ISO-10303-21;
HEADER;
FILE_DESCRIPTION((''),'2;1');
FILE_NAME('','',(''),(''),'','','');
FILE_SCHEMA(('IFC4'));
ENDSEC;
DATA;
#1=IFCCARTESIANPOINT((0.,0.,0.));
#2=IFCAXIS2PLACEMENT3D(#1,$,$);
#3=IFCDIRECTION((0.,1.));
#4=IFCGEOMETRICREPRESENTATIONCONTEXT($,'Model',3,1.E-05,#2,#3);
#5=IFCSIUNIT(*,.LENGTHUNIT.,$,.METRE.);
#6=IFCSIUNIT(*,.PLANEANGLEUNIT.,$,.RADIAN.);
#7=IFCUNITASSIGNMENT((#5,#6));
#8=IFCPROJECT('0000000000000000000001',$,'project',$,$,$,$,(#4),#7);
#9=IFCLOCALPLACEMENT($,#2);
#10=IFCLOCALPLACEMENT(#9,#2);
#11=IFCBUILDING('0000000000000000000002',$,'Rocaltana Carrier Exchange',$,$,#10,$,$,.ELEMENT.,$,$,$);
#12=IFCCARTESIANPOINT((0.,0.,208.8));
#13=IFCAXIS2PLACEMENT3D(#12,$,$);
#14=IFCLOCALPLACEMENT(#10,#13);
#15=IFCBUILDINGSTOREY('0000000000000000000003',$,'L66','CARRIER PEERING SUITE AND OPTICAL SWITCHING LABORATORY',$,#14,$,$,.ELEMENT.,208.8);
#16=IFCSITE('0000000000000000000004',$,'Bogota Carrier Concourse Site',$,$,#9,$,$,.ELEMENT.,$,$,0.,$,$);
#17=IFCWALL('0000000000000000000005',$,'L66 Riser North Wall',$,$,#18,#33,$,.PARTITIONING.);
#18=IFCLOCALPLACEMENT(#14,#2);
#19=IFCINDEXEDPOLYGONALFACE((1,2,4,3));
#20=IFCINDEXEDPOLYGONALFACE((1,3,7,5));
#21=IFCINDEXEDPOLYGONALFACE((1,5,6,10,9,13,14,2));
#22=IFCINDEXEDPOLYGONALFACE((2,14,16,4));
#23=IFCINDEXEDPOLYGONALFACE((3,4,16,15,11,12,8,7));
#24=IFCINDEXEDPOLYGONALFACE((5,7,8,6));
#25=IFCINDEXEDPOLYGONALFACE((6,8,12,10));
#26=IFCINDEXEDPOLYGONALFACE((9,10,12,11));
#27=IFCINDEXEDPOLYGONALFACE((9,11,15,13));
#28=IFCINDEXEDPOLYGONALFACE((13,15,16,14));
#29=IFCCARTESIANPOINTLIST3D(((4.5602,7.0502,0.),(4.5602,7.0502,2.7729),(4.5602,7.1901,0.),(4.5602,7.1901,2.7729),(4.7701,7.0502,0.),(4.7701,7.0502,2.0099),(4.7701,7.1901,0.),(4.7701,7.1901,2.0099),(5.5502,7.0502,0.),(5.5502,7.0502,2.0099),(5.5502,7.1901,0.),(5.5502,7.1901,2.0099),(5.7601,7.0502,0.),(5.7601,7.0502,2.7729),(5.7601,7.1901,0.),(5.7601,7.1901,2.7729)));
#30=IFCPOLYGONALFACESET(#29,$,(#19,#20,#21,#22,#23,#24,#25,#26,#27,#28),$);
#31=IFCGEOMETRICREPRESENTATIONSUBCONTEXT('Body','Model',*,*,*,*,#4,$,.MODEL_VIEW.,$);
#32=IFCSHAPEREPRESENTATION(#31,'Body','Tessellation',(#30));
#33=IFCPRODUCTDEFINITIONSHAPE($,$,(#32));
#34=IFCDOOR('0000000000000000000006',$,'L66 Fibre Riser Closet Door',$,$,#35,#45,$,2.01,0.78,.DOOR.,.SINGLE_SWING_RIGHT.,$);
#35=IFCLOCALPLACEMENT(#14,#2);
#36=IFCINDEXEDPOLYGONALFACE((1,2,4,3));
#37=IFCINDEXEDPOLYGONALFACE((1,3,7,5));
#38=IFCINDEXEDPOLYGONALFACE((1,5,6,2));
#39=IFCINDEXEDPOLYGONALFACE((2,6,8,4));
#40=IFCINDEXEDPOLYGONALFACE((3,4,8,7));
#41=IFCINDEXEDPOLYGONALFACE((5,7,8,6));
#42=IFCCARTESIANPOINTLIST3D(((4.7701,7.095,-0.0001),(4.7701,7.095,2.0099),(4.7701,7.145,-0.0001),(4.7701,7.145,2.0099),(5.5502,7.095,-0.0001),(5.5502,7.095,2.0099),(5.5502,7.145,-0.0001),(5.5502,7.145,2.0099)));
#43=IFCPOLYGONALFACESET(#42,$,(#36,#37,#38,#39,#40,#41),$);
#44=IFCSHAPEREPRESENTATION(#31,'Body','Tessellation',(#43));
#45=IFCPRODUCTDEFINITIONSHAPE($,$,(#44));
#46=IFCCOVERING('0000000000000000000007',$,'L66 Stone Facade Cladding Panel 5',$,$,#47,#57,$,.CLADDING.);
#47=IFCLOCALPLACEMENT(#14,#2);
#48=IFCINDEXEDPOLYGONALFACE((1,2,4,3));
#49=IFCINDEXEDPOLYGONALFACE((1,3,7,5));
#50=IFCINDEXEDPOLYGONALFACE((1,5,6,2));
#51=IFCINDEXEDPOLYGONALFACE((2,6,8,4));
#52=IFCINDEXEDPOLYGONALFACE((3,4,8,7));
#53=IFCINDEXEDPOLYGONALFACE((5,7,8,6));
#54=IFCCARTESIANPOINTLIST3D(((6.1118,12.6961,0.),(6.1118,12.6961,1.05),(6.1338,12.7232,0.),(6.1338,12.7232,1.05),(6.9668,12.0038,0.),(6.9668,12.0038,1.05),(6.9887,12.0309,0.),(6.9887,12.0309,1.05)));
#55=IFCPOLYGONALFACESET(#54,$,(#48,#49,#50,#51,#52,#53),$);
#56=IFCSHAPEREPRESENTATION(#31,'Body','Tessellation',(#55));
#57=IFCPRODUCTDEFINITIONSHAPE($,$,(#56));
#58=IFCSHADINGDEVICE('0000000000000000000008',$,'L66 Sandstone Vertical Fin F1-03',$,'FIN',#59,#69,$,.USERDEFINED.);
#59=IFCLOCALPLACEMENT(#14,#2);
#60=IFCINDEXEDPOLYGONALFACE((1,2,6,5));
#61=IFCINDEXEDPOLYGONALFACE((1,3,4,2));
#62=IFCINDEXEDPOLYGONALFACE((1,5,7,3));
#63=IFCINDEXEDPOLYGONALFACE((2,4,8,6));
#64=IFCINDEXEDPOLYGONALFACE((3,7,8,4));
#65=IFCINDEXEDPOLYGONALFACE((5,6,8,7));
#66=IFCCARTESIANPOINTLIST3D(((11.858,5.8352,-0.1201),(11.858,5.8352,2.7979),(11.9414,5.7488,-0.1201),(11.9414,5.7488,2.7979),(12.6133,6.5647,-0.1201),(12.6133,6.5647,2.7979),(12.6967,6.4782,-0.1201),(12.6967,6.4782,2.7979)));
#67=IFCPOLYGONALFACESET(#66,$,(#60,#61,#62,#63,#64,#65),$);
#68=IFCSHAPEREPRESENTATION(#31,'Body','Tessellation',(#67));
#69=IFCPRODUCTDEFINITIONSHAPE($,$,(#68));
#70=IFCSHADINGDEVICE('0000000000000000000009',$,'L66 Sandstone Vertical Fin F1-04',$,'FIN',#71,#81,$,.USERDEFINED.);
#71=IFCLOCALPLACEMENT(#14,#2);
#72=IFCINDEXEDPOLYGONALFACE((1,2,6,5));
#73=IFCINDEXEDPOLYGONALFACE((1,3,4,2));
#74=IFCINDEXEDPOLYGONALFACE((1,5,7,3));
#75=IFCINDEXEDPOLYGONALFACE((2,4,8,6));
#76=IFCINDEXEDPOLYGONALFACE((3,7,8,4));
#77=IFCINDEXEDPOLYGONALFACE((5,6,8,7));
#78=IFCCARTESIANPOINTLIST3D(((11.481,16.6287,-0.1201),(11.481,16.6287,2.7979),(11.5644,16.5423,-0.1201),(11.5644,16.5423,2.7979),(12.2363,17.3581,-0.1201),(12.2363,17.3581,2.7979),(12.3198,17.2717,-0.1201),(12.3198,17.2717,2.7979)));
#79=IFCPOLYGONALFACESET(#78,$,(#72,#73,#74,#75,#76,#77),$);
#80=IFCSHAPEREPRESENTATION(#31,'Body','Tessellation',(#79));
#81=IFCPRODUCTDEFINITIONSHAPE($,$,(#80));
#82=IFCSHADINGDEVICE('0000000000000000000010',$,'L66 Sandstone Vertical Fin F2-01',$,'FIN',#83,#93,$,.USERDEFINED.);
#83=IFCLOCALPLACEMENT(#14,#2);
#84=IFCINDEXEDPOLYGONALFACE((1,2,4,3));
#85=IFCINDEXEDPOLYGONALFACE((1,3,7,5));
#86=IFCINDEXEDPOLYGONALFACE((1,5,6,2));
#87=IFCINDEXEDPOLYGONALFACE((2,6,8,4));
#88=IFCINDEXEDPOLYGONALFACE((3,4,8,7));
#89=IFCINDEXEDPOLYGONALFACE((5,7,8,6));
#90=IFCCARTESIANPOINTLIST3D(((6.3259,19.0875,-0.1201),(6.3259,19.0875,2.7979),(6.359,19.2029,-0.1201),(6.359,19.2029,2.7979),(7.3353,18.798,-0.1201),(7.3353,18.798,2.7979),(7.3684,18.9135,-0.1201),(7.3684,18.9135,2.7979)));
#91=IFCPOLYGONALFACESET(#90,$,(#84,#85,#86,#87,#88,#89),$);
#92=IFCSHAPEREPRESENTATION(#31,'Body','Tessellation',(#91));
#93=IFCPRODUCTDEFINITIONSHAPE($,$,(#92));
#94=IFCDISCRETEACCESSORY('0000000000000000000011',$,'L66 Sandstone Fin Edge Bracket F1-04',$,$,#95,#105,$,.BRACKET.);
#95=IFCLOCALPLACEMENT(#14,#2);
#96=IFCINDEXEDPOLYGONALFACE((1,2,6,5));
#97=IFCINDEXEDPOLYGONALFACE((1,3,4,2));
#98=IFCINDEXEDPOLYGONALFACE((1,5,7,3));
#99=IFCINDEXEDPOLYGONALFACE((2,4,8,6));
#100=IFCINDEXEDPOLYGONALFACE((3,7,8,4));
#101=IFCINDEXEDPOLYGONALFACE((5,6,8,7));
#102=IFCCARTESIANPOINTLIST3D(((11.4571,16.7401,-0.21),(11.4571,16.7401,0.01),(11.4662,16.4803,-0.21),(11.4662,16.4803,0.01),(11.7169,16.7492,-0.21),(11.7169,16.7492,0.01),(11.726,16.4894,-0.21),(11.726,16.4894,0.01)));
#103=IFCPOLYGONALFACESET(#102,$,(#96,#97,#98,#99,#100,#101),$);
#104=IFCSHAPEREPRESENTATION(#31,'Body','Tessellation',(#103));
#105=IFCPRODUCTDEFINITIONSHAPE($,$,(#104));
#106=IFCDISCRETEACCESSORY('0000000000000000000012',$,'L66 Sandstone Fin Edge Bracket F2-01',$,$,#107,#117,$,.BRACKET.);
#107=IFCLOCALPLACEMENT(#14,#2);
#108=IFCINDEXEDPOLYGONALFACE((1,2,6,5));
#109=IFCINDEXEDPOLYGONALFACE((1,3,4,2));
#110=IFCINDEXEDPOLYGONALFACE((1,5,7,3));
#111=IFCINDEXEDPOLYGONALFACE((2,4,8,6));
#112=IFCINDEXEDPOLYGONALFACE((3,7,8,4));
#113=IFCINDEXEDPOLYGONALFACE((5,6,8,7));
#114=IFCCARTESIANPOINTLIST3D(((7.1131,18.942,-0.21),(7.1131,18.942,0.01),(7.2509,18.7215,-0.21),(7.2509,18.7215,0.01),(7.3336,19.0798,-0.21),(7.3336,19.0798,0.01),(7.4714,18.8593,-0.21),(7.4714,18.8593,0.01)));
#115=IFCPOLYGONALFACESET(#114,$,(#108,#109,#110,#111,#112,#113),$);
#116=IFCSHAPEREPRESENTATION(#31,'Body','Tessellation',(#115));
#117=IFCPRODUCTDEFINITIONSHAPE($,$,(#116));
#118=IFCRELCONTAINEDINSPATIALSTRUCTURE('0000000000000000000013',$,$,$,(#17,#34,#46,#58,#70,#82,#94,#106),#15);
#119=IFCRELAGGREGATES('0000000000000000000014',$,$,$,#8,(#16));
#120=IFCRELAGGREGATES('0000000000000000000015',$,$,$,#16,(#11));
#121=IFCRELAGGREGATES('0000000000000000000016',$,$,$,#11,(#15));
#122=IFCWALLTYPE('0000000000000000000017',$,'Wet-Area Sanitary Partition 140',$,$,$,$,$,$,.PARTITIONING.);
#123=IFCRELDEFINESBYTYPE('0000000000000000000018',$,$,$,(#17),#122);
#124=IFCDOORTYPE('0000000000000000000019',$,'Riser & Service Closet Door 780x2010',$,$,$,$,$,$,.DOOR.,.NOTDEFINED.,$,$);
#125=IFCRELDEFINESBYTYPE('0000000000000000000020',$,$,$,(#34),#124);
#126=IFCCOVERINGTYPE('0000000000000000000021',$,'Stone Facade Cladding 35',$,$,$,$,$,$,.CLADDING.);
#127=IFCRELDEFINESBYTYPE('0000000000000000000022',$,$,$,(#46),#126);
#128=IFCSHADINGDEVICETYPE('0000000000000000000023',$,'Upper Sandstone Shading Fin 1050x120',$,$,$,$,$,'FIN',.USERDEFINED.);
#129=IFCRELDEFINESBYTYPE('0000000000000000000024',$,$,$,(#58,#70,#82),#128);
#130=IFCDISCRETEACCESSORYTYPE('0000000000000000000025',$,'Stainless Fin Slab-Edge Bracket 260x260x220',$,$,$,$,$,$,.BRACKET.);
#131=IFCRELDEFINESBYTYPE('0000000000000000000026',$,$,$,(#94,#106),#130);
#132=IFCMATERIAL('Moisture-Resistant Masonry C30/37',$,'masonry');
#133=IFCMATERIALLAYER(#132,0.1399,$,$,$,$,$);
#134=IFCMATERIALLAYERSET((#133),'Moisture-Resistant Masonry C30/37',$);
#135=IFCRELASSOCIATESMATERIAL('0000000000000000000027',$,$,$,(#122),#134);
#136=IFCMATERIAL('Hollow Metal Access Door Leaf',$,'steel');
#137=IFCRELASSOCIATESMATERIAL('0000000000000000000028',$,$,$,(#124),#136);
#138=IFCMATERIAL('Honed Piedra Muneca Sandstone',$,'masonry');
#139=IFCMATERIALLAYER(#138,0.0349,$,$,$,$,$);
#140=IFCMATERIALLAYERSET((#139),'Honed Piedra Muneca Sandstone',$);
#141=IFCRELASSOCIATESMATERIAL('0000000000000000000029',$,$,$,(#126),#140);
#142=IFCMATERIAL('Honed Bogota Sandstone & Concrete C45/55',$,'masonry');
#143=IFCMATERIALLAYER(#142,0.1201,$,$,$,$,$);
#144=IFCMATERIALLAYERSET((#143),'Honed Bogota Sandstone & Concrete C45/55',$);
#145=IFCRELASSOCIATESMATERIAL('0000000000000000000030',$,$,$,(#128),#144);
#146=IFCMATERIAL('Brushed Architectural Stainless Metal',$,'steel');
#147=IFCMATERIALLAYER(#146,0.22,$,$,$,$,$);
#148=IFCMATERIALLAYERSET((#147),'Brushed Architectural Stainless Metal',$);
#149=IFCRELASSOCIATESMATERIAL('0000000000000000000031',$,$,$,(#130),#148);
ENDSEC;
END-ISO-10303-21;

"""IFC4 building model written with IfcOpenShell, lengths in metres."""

from ifc_helpers import new_model, si_unit, direction, frame, frame_2d, origin, origin_2d, place, context, subcontext, project, spatial, rectangle, extrude, material, layer, layer_set, type_object, element, fill, save


model = new_model("IFC4")

# Units and contexts
model_context = context("Model", 3, precision=1e-05, world=origin(), true_north=direction((0.0, 1.0)))
body_context = subcontext(model_context, "Body", "Model", "MODEL_VIEW")
ifc_project = project(units=[si_unit("LENGTHUNIT", "METRE"), si_unit("PLANEANGLEUNIT", "RADIAN")], contexts=[model_context])

# Site, building, storey
site_placement = place(None, origin())
site = spatial("IfcSite", under=ifc_project, at=site_placement, Name="Bogota Carrier Concourse Site", CompositionType="ELEMENT", RefElevation=0.0)
building_placement = place(site_placement, origin())
building = spatial("IfcBuilding", under=site, at=building_placement, Name="Rocaltana Carrier Exchange", CompositionType="ELEMENT")
storey_placement = place(building_placement, frame((0.0, 0.0, 208.8)))
storey = spatial("IfcBuildingStorey", under=building, at=storey_placement, Name="L66", Description="CARRIER PEERING SUITE AND OPTICAL SWITCHING LABORATORY", CompositionType="ELEMENT", Elevation=208.8)

# Wall, opening, door
ifc_material_1 = material(Name="Moisture-Resistant Masonry C30/37", Category="masonry")
ifc_layer_1 = layer(ifc_material_1, 0.1399)
ifc_layer_set_1 = layer_set([ifc_layer_1], Name="Moisture-Resistant Masonry C30/37")
wall_type_1 = type_object("IfcWallType", Name="Wet-Area Sanitary Partition 140", PredefinedType="PARTITIONING", material=ifc_layer_set_1)
wall_1_placement = place(storey_placement, frame((4.5601, 7.1201, 0.0), z_axis=(0.0, 0.0, 1.0), x_axis=(1.0, 0.0, 0.0)))
wall_1 = element("IfcWall", 1, at=wall_1_placement, inside=storey, type_object=wall_type_1, Name="L66 Riser North Wall", PredefinedType="PARTITIONING", context=body_context, shape_type="SweptSolid", body=[
    extrude(rectangle(XDim=1.2, YDim=0.1399, at=frame_2d((0.6001, 0.0))), origin(), (0.0, 0.0, 1.0), 2.7729),
])
opening_1_placement = place(wall_1_placement, frame((0.21, 0.0, 0.0)))
opening_1 = element("IfcOpeningElement", 2, at=opening_1_placement, cuts=wall_1, PredefinedType="OPENING", context=body_context, shape_type="SweptSolid", body=[
    extrude(rectangle(XDim=0.78, YDim=2.01, at=frame_2d((0.3901, 1.0049))), frame((0.0, 0.0798, 0.0), z_axis=(0.0, -1.0, 0.0), x_axis=(1.0, 0.0, 0.0)), (0.0, 0.0, 1.0), 0.1599),
])
ifc_material_2 = material(Name="Hollow Metal Access Door Leaf", Category="steel")
door_type_1 = type_object("IfcDoorType", Name="Riser & Service Closet Door 780x2010", OperationType="NOTDEFINED", PredefinedType="DOOR", material=ifc_material_2)
door_1_placement = place(opening_1_placement, origin())
door_1 = element("IfcDoor", 3, at=door_1_placement, inside=storey, type_object=door_type_1, Name="L66 Fibre Riser Closet Door", OperationType="SINGLE_SWING_RIGHT", OverallHeight=2.01, OverallWidth=0.78, PredefinedType="DOOR", context=body_context, shape_type="SweptSolid", body=[
    extrude(rectangle(XDim=0.78, YDim=2.01, at=frame_2d((0.3901, 1.0049))), frame((0.0, 0.0249, 0.0), z_axis=(0.0, -1.0, 0.0), x_axis=(1.0, 0.0, 0.0)), (0.0, 0.0, 1.0), 0.05),
])
fill(opening_1, door_1)

# Covering
ifc_material_3 = material(Name="Honed Piedra Muneca Sandstone", Category="masonry")
ifc_layer_2 = layer(ifc_material_3, 0.0349)
ifc_layer_set_2 = layer_set([ifc_layer_2], Name="Honed Piedra Muneca Sandstone")
covering_type = type_object("IfcCoveringType", Name="Stone Facade Cladding 35", PredefinedType="CLADDING", material=ifc_layer_set_2)
covering_placement = place(storey_placement, frame((6.5503, 12.3635, 0.0), z_axis=(0.0, 0.0, 1.0), x_axis=(-0.777146, 0.62932, 0.0)))
element("IfcCovering", 4, at=covering_placement, inside=storey, type_object=covering_type, Name="L66 Stone Facade Cladding Panel 5", PredefinedType="CLADDING", context=body_context, shape_type="SweptSolid", body=[
    extrude(rectangle(XDim=1.1001, YDim=0.0349, at=origin_2d()), origin(), (0.0, 0.0, 1.0), 1.05),
])

# Shading devices
ifc_material_4 = material(Name="Honed Bogota Sandstone & Concrete C45/55", Category="masonry")
ifc_layer_3 = layer(ifc_material_4, 0.1201)
ifc_layer_set_3 = layer_set([ifc_layer_3], Name="Honed Bogota Sandstone & Concrete C45/55")
shading_device_type = type_object("IfcShadingDeviceType", Name="Upper Sandstone Shading Fin 1050x120", ElementType="FIN", PredefinedType="USERDEFINED", material=ifc_layer_set_3)
for number, where, z_axis, x_axis, name in (
    (5, (12.2773, 6.1567, -0.1201), (0.0, 0.0, 1.0), (0.71934, 0.694658, 0.0), "L66 Sandstone Vertical Fin F1-03"),
    (6, (11.9004, 16.9502, -0.1201), (0.0, 0.0, 1.0), (0.71934, 0.694658, 0.0), "L66 Sandstone Vertical Fin F1-04"),
    (7, (6.8472, 19.0005, -0.1201), (0.0, 0.0, 1.0), (-0.961262, 0.275637, 0.0), "L66 Sandstone Vertical Fin F2-01"),
):
    element("IfcShadingDevice", number, at=place(storey_placement, frame(where, z_axis=z_axis, x_axis=x_axis)), inside=storey, type_object=shading_device_type, Name=name, ObjectType="FIN", PredefinedType="USERDEFINED", context=body_context, shape_type="SweptSolid", body=[
        extrude(rectangle(XDim=1.05, YDim=0.1201, at=origin_2d()), origin(), (0.0, 0.0, 1.0), 2.918),
    ])

# Discrete accessories
ifc_material_5 = material(Name="Brushed Architectural Stainless Metal", Category="steel")
ifc_layer_4 = layer(ifc_material_5, 0.22)
ifc_layer_set_4 = layer_set([ifc_layer_4], Name="Brushed Architectural Stainless Metal")
discrete_accessory_type = type_object("IfcDiscreteAccessoryType", Name="Stainless Fin Slab-Edge Bracket 260x260x220", PredefinedType="BRACKET", material=ifc_layer_set_4)
for number, where, z_axis, x_axis, name in (
    (8, (11.5916, 16.6147, -0.21), (0.0, 0.0, 1.0), (-0.034899, 0.999391, 0.0), "L66 Sandstone Fin Edge Bracket F1-04"),
    (9, (7.2922, 18.9006, -0.21), (0.0, 0.0, 1.0), (-0.848048, -0.529919, 0.0), "L66 Sandstone Fin Edge Bracket F2-01"),
):
    element("IfcDiscreteAccessory", number, at=place(storey_placement, frame(where, z_axis=z_axis, x_axis=x_axis)), inside=storey, type_object=discrete_accessory_type, Name=name, PredefinedType="BRACKET", context=body_context, shape_type="SweptSolid", body=[
        extrude(rectangle(XDim=0.26, YDim=0.26, at=origin_2d()), origin(), (0.0, 0.0, 1.0), 0.22),
    ])

save(model, "model.ifc")
